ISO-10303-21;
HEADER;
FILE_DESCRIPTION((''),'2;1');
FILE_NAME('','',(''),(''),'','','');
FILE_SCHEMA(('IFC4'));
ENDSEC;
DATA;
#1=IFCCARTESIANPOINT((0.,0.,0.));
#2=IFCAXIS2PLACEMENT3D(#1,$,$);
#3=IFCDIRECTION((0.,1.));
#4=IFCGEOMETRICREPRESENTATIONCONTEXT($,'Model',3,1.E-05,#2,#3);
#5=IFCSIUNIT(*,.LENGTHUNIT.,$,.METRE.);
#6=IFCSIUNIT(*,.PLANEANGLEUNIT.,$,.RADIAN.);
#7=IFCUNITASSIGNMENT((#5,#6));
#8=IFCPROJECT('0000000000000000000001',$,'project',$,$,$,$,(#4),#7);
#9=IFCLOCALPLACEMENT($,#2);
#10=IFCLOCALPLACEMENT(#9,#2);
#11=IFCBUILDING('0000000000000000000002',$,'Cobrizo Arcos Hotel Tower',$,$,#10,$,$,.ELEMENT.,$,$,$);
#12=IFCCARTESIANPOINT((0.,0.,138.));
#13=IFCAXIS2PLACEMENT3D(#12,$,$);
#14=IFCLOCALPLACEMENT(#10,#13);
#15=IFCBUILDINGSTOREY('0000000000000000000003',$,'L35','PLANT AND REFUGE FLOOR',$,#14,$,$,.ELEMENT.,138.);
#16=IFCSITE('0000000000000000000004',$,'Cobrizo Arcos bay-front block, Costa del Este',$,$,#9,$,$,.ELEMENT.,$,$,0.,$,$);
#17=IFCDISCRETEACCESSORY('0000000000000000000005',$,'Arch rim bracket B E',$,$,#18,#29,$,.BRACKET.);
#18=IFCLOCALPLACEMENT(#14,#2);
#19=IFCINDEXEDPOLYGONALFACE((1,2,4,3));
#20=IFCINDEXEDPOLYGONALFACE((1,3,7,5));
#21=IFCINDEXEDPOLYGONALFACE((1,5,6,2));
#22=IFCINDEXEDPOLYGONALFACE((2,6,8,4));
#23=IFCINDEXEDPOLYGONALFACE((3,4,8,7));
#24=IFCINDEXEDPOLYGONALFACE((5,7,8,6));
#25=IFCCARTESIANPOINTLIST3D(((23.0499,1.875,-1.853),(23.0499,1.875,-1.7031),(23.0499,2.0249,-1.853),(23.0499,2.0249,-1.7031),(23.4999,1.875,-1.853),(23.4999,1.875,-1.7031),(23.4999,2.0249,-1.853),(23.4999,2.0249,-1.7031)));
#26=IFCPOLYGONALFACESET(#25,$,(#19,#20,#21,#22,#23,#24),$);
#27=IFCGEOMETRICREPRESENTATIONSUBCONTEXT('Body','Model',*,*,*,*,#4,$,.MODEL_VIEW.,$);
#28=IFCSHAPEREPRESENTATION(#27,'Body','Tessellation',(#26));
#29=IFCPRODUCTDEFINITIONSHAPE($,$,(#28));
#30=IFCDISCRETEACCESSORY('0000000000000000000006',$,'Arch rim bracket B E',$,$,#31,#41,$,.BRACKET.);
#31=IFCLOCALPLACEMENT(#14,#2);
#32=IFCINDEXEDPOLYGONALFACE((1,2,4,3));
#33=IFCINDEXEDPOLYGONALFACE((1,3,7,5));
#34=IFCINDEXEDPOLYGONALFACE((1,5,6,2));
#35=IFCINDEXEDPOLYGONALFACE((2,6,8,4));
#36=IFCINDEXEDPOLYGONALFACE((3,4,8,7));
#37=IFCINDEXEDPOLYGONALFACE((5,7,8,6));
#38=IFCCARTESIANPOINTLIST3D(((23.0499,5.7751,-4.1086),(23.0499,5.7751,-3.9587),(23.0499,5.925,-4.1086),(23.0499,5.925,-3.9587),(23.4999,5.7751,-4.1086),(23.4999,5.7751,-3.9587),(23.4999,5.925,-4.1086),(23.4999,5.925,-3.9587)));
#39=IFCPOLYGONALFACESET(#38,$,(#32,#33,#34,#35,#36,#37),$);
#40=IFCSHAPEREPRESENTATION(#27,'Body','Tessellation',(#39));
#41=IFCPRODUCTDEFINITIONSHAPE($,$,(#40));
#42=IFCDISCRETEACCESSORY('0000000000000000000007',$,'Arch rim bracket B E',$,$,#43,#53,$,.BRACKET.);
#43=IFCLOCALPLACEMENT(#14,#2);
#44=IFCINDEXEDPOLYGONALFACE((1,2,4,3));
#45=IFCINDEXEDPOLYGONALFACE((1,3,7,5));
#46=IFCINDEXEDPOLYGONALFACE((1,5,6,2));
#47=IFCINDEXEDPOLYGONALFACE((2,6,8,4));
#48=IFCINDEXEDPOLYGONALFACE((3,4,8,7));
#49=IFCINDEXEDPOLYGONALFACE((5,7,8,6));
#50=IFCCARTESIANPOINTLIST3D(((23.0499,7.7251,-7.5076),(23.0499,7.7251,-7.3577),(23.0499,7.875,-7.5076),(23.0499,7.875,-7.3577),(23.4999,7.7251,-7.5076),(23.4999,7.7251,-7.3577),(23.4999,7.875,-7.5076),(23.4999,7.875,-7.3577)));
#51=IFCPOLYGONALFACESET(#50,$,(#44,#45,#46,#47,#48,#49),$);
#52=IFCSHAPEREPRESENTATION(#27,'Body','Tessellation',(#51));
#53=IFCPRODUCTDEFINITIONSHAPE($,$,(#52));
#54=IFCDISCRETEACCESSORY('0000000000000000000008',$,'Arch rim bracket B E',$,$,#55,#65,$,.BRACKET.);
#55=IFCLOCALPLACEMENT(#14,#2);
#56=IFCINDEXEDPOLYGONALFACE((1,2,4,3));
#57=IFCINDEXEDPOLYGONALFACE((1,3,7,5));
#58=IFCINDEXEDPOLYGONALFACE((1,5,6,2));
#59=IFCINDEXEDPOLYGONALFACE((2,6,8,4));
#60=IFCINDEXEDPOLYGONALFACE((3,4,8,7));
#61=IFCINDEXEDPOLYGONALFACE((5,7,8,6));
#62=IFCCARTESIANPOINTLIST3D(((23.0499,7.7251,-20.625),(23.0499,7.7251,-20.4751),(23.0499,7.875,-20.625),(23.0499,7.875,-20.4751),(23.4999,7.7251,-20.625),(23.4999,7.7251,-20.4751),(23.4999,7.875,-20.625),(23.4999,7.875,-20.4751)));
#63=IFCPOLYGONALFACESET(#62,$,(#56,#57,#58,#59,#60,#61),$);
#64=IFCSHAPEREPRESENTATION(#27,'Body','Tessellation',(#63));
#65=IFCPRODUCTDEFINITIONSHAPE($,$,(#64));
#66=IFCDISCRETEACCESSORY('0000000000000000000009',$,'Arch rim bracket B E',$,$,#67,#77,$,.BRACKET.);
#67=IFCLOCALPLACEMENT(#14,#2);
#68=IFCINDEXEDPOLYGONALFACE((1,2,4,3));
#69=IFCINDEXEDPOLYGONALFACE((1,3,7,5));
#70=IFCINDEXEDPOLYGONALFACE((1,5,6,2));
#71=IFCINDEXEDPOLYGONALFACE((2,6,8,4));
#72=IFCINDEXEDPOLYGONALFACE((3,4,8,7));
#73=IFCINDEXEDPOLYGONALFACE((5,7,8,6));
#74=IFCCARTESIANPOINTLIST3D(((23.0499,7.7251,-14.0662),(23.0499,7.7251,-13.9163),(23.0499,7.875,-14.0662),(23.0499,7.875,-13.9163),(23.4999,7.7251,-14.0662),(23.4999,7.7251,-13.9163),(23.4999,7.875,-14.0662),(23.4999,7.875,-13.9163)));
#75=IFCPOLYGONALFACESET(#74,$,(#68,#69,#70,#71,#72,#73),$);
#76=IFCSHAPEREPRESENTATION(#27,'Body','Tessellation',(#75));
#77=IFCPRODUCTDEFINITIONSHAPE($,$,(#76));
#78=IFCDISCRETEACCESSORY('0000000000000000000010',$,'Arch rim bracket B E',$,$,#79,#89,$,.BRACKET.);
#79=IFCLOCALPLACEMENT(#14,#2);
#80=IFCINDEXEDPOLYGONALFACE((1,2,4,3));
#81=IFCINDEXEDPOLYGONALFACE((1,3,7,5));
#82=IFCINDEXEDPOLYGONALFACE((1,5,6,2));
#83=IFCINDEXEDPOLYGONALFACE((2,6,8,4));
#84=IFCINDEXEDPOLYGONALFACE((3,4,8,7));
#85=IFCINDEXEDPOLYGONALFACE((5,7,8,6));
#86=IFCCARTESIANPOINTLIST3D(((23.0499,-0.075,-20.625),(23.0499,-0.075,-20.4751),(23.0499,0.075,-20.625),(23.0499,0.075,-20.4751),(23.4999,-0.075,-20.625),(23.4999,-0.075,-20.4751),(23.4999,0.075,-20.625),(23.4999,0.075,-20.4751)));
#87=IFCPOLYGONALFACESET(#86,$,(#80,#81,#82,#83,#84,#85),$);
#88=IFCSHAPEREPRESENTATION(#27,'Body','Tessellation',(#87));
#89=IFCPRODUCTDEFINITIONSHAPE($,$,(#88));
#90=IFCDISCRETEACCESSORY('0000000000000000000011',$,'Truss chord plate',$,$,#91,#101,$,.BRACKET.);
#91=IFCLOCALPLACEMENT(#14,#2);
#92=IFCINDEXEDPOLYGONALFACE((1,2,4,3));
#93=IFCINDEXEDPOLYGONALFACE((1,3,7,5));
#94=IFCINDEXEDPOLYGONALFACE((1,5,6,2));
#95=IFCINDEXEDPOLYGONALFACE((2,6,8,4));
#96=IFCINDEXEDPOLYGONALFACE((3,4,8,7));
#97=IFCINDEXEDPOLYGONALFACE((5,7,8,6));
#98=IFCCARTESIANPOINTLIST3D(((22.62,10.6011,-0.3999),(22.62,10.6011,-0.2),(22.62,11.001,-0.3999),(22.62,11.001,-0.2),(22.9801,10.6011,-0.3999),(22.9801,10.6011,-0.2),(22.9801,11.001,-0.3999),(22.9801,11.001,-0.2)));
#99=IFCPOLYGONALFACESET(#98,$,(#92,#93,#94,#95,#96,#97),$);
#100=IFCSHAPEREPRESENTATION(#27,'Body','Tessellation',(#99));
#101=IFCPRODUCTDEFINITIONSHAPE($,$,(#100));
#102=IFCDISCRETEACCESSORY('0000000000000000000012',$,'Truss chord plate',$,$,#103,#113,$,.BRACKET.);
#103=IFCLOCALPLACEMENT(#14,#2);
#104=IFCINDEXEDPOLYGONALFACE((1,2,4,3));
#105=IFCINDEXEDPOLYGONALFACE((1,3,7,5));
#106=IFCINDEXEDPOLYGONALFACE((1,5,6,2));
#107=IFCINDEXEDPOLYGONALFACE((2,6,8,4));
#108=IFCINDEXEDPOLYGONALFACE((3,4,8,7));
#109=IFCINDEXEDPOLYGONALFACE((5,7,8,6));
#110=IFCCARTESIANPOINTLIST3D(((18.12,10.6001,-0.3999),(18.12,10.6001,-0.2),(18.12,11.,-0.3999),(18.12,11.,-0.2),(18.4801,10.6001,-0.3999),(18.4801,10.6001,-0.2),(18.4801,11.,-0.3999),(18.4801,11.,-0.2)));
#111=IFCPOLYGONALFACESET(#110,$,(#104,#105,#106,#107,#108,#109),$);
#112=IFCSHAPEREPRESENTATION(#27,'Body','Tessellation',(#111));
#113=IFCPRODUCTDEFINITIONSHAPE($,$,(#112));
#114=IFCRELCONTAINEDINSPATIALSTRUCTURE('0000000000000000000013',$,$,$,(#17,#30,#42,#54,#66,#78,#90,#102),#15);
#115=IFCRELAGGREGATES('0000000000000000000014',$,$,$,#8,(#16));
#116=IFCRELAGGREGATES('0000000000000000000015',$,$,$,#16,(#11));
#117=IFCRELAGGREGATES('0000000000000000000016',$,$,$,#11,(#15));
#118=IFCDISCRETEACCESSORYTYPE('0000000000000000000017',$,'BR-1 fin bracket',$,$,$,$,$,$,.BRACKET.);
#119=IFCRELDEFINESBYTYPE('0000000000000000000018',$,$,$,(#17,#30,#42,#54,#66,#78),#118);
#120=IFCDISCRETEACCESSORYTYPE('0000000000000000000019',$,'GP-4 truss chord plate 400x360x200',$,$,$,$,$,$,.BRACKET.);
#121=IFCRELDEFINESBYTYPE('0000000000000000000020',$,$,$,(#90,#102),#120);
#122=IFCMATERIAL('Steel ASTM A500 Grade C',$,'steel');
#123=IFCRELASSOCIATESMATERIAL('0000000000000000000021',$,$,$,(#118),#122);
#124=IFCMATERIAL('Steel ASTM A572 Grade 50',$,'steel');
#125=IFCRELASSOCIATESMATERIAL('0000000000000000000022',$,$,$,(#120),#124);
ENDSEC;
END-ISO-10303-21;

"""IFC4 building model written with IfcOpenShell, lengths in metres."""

from ifc_helpers import new_model, si_unit, direction, frame, origin, origin_2d, place, context, subcontext, project, spatial, rectangle, extrude, material, type_object, element, save


model = new_model("IFC4")

# Units and contexts
model_context = context("Model", 3, precision=1e-05, world=origin(), true_north=direction((0.0, 1.0)))
body_context = subcontext(model_context, "Body", "Model", "MODEL_VIEW")
ifc_project = project(units=[si_unit("LENGTHUNIT", "METRE"), si_unit("PLANEANGLEUNIT", "RADIAN")], contexts=[model_context])

# Site, building, storey
site_placement = place(None, origin())
site = spatial("IfcSite", under=ifc_project, at=site_placement, Name="Cobrizo Arcos bay-front block, Costa del Este", CompositionType="ELEMENT", RefElevation=0.0)
building_placement = place(site_placement, origin())
building = spatial("IfcBuilding", under=site, at=building_placement, Name="Cobrizo Arcos Hotel Tower", CompositionType="ELEMENT")
storey_placement = place(building_placement, frame((0.0, 0.0, 138.0)))
storey = spatial("IfcBuildingStorey", under=building, at=storey_placement, Name="L35", Description="PLANT AND REFUGE FLOOR", CompositionType="ELEMENT", Elevation=138.0)

# Shared definitions
ifc_material_1 = material(Name="Steel ASTM A500 Grade C", Category="steel")

# Discrete accessories
discrete_accessory_type_1 = type_object("IfcDiscreteAccessoryType", Name="BR-1 fin bracket", PredefinedType="BRACKET", material=ifc_material_1)
for number, where, z_axis, x_axis, name in (
    (1, (23.2749, 1.95, -1.853), (0.0, 0.0, 1.0), (1.0, 0.0, 0.0), "Arch rim bracket B E"),
    (2, (23.2749, 5.8501, -4.1086), (0.0, 0.0, 1.0), (1.0, 0.0, 0.0), "Arch rim bracket B E"),
    (3, (23.2749, 7.8, -7.5076), (0.0, 0.0, 1.0), (1.0, 0.0, 0.0), "Arch rim bracket B E"),
    (4, (23.2749, 7.8, -20.625), (0.0, 0.0, 1.0), (1.0, 0.0, 0.0), "Arch rim bracket B E"),
    (5, (23.2749, 7.8, -14.0662), (0.0, 0.0, 1.0), (1.0, 0.0, 0.0), "Arch rim bracket B E"),
    (6, (23.2749, 0.0, -20.625), (0.0, 0.0, 1.0), (1.0, 0.0, 0.0), "Arch rim bracket B E"),
):
    element("IfcDiscreteAccessory", number, at=place(storey_placement, frame(where, z_axis=z_axis, x_axis=x_axis)), inside=storey, type_object=discrete_accessory_type_1, Name=name, PredefinedType="BRACKET", context=body_context, shape_type="SweptSolid", body=[
        extrude(rectangle(XDim=0.45, YDim=0.1499, at=origin_2d()), origin(), (0.0, 0.0, 1.0), 0.1499),
    ])
ifc_material_2 = material(Name="Steel ASTM A572 Grade 50", Category="steel")
discrete_accessory_type_2 = type_object("IfcDiscreteAccessoryType", Name="GP-4 truss chord plate 400x360x200", PredefinedType="BRACKET", material=ifc_material_2)
for number, where, z_axis, x_axis, name in (
    (7, (22.8, 10.801, -0.3999), (0.0, 0.0, 1.0), (0.0, 1.0, 0.0), "Truss chord plate"),
    (8, (18.3, 10.8, -0.3999), (0.0, 0.0, 1.0), (0.0, 1.0, 0.0), "Truss chord plate"),
):
    element("IfcDiscreteAccessory", number, at=place(storey_placement, frame(where, z_axis=z_axis, x_axis=x_axis)), inside=storey, type_object=discrete_accessory_type_2, Name=name, PredefinedType="BRACKET", context=body_context, shape_type="SweptSolid", body=[
        extrude(rectangle(XDim=0.3999, YDim=0.3601, at=origin_2d()), origin(), (0.0, 0.0, 1.0), 0.2),
    ])

save(model, "model.ifc")
